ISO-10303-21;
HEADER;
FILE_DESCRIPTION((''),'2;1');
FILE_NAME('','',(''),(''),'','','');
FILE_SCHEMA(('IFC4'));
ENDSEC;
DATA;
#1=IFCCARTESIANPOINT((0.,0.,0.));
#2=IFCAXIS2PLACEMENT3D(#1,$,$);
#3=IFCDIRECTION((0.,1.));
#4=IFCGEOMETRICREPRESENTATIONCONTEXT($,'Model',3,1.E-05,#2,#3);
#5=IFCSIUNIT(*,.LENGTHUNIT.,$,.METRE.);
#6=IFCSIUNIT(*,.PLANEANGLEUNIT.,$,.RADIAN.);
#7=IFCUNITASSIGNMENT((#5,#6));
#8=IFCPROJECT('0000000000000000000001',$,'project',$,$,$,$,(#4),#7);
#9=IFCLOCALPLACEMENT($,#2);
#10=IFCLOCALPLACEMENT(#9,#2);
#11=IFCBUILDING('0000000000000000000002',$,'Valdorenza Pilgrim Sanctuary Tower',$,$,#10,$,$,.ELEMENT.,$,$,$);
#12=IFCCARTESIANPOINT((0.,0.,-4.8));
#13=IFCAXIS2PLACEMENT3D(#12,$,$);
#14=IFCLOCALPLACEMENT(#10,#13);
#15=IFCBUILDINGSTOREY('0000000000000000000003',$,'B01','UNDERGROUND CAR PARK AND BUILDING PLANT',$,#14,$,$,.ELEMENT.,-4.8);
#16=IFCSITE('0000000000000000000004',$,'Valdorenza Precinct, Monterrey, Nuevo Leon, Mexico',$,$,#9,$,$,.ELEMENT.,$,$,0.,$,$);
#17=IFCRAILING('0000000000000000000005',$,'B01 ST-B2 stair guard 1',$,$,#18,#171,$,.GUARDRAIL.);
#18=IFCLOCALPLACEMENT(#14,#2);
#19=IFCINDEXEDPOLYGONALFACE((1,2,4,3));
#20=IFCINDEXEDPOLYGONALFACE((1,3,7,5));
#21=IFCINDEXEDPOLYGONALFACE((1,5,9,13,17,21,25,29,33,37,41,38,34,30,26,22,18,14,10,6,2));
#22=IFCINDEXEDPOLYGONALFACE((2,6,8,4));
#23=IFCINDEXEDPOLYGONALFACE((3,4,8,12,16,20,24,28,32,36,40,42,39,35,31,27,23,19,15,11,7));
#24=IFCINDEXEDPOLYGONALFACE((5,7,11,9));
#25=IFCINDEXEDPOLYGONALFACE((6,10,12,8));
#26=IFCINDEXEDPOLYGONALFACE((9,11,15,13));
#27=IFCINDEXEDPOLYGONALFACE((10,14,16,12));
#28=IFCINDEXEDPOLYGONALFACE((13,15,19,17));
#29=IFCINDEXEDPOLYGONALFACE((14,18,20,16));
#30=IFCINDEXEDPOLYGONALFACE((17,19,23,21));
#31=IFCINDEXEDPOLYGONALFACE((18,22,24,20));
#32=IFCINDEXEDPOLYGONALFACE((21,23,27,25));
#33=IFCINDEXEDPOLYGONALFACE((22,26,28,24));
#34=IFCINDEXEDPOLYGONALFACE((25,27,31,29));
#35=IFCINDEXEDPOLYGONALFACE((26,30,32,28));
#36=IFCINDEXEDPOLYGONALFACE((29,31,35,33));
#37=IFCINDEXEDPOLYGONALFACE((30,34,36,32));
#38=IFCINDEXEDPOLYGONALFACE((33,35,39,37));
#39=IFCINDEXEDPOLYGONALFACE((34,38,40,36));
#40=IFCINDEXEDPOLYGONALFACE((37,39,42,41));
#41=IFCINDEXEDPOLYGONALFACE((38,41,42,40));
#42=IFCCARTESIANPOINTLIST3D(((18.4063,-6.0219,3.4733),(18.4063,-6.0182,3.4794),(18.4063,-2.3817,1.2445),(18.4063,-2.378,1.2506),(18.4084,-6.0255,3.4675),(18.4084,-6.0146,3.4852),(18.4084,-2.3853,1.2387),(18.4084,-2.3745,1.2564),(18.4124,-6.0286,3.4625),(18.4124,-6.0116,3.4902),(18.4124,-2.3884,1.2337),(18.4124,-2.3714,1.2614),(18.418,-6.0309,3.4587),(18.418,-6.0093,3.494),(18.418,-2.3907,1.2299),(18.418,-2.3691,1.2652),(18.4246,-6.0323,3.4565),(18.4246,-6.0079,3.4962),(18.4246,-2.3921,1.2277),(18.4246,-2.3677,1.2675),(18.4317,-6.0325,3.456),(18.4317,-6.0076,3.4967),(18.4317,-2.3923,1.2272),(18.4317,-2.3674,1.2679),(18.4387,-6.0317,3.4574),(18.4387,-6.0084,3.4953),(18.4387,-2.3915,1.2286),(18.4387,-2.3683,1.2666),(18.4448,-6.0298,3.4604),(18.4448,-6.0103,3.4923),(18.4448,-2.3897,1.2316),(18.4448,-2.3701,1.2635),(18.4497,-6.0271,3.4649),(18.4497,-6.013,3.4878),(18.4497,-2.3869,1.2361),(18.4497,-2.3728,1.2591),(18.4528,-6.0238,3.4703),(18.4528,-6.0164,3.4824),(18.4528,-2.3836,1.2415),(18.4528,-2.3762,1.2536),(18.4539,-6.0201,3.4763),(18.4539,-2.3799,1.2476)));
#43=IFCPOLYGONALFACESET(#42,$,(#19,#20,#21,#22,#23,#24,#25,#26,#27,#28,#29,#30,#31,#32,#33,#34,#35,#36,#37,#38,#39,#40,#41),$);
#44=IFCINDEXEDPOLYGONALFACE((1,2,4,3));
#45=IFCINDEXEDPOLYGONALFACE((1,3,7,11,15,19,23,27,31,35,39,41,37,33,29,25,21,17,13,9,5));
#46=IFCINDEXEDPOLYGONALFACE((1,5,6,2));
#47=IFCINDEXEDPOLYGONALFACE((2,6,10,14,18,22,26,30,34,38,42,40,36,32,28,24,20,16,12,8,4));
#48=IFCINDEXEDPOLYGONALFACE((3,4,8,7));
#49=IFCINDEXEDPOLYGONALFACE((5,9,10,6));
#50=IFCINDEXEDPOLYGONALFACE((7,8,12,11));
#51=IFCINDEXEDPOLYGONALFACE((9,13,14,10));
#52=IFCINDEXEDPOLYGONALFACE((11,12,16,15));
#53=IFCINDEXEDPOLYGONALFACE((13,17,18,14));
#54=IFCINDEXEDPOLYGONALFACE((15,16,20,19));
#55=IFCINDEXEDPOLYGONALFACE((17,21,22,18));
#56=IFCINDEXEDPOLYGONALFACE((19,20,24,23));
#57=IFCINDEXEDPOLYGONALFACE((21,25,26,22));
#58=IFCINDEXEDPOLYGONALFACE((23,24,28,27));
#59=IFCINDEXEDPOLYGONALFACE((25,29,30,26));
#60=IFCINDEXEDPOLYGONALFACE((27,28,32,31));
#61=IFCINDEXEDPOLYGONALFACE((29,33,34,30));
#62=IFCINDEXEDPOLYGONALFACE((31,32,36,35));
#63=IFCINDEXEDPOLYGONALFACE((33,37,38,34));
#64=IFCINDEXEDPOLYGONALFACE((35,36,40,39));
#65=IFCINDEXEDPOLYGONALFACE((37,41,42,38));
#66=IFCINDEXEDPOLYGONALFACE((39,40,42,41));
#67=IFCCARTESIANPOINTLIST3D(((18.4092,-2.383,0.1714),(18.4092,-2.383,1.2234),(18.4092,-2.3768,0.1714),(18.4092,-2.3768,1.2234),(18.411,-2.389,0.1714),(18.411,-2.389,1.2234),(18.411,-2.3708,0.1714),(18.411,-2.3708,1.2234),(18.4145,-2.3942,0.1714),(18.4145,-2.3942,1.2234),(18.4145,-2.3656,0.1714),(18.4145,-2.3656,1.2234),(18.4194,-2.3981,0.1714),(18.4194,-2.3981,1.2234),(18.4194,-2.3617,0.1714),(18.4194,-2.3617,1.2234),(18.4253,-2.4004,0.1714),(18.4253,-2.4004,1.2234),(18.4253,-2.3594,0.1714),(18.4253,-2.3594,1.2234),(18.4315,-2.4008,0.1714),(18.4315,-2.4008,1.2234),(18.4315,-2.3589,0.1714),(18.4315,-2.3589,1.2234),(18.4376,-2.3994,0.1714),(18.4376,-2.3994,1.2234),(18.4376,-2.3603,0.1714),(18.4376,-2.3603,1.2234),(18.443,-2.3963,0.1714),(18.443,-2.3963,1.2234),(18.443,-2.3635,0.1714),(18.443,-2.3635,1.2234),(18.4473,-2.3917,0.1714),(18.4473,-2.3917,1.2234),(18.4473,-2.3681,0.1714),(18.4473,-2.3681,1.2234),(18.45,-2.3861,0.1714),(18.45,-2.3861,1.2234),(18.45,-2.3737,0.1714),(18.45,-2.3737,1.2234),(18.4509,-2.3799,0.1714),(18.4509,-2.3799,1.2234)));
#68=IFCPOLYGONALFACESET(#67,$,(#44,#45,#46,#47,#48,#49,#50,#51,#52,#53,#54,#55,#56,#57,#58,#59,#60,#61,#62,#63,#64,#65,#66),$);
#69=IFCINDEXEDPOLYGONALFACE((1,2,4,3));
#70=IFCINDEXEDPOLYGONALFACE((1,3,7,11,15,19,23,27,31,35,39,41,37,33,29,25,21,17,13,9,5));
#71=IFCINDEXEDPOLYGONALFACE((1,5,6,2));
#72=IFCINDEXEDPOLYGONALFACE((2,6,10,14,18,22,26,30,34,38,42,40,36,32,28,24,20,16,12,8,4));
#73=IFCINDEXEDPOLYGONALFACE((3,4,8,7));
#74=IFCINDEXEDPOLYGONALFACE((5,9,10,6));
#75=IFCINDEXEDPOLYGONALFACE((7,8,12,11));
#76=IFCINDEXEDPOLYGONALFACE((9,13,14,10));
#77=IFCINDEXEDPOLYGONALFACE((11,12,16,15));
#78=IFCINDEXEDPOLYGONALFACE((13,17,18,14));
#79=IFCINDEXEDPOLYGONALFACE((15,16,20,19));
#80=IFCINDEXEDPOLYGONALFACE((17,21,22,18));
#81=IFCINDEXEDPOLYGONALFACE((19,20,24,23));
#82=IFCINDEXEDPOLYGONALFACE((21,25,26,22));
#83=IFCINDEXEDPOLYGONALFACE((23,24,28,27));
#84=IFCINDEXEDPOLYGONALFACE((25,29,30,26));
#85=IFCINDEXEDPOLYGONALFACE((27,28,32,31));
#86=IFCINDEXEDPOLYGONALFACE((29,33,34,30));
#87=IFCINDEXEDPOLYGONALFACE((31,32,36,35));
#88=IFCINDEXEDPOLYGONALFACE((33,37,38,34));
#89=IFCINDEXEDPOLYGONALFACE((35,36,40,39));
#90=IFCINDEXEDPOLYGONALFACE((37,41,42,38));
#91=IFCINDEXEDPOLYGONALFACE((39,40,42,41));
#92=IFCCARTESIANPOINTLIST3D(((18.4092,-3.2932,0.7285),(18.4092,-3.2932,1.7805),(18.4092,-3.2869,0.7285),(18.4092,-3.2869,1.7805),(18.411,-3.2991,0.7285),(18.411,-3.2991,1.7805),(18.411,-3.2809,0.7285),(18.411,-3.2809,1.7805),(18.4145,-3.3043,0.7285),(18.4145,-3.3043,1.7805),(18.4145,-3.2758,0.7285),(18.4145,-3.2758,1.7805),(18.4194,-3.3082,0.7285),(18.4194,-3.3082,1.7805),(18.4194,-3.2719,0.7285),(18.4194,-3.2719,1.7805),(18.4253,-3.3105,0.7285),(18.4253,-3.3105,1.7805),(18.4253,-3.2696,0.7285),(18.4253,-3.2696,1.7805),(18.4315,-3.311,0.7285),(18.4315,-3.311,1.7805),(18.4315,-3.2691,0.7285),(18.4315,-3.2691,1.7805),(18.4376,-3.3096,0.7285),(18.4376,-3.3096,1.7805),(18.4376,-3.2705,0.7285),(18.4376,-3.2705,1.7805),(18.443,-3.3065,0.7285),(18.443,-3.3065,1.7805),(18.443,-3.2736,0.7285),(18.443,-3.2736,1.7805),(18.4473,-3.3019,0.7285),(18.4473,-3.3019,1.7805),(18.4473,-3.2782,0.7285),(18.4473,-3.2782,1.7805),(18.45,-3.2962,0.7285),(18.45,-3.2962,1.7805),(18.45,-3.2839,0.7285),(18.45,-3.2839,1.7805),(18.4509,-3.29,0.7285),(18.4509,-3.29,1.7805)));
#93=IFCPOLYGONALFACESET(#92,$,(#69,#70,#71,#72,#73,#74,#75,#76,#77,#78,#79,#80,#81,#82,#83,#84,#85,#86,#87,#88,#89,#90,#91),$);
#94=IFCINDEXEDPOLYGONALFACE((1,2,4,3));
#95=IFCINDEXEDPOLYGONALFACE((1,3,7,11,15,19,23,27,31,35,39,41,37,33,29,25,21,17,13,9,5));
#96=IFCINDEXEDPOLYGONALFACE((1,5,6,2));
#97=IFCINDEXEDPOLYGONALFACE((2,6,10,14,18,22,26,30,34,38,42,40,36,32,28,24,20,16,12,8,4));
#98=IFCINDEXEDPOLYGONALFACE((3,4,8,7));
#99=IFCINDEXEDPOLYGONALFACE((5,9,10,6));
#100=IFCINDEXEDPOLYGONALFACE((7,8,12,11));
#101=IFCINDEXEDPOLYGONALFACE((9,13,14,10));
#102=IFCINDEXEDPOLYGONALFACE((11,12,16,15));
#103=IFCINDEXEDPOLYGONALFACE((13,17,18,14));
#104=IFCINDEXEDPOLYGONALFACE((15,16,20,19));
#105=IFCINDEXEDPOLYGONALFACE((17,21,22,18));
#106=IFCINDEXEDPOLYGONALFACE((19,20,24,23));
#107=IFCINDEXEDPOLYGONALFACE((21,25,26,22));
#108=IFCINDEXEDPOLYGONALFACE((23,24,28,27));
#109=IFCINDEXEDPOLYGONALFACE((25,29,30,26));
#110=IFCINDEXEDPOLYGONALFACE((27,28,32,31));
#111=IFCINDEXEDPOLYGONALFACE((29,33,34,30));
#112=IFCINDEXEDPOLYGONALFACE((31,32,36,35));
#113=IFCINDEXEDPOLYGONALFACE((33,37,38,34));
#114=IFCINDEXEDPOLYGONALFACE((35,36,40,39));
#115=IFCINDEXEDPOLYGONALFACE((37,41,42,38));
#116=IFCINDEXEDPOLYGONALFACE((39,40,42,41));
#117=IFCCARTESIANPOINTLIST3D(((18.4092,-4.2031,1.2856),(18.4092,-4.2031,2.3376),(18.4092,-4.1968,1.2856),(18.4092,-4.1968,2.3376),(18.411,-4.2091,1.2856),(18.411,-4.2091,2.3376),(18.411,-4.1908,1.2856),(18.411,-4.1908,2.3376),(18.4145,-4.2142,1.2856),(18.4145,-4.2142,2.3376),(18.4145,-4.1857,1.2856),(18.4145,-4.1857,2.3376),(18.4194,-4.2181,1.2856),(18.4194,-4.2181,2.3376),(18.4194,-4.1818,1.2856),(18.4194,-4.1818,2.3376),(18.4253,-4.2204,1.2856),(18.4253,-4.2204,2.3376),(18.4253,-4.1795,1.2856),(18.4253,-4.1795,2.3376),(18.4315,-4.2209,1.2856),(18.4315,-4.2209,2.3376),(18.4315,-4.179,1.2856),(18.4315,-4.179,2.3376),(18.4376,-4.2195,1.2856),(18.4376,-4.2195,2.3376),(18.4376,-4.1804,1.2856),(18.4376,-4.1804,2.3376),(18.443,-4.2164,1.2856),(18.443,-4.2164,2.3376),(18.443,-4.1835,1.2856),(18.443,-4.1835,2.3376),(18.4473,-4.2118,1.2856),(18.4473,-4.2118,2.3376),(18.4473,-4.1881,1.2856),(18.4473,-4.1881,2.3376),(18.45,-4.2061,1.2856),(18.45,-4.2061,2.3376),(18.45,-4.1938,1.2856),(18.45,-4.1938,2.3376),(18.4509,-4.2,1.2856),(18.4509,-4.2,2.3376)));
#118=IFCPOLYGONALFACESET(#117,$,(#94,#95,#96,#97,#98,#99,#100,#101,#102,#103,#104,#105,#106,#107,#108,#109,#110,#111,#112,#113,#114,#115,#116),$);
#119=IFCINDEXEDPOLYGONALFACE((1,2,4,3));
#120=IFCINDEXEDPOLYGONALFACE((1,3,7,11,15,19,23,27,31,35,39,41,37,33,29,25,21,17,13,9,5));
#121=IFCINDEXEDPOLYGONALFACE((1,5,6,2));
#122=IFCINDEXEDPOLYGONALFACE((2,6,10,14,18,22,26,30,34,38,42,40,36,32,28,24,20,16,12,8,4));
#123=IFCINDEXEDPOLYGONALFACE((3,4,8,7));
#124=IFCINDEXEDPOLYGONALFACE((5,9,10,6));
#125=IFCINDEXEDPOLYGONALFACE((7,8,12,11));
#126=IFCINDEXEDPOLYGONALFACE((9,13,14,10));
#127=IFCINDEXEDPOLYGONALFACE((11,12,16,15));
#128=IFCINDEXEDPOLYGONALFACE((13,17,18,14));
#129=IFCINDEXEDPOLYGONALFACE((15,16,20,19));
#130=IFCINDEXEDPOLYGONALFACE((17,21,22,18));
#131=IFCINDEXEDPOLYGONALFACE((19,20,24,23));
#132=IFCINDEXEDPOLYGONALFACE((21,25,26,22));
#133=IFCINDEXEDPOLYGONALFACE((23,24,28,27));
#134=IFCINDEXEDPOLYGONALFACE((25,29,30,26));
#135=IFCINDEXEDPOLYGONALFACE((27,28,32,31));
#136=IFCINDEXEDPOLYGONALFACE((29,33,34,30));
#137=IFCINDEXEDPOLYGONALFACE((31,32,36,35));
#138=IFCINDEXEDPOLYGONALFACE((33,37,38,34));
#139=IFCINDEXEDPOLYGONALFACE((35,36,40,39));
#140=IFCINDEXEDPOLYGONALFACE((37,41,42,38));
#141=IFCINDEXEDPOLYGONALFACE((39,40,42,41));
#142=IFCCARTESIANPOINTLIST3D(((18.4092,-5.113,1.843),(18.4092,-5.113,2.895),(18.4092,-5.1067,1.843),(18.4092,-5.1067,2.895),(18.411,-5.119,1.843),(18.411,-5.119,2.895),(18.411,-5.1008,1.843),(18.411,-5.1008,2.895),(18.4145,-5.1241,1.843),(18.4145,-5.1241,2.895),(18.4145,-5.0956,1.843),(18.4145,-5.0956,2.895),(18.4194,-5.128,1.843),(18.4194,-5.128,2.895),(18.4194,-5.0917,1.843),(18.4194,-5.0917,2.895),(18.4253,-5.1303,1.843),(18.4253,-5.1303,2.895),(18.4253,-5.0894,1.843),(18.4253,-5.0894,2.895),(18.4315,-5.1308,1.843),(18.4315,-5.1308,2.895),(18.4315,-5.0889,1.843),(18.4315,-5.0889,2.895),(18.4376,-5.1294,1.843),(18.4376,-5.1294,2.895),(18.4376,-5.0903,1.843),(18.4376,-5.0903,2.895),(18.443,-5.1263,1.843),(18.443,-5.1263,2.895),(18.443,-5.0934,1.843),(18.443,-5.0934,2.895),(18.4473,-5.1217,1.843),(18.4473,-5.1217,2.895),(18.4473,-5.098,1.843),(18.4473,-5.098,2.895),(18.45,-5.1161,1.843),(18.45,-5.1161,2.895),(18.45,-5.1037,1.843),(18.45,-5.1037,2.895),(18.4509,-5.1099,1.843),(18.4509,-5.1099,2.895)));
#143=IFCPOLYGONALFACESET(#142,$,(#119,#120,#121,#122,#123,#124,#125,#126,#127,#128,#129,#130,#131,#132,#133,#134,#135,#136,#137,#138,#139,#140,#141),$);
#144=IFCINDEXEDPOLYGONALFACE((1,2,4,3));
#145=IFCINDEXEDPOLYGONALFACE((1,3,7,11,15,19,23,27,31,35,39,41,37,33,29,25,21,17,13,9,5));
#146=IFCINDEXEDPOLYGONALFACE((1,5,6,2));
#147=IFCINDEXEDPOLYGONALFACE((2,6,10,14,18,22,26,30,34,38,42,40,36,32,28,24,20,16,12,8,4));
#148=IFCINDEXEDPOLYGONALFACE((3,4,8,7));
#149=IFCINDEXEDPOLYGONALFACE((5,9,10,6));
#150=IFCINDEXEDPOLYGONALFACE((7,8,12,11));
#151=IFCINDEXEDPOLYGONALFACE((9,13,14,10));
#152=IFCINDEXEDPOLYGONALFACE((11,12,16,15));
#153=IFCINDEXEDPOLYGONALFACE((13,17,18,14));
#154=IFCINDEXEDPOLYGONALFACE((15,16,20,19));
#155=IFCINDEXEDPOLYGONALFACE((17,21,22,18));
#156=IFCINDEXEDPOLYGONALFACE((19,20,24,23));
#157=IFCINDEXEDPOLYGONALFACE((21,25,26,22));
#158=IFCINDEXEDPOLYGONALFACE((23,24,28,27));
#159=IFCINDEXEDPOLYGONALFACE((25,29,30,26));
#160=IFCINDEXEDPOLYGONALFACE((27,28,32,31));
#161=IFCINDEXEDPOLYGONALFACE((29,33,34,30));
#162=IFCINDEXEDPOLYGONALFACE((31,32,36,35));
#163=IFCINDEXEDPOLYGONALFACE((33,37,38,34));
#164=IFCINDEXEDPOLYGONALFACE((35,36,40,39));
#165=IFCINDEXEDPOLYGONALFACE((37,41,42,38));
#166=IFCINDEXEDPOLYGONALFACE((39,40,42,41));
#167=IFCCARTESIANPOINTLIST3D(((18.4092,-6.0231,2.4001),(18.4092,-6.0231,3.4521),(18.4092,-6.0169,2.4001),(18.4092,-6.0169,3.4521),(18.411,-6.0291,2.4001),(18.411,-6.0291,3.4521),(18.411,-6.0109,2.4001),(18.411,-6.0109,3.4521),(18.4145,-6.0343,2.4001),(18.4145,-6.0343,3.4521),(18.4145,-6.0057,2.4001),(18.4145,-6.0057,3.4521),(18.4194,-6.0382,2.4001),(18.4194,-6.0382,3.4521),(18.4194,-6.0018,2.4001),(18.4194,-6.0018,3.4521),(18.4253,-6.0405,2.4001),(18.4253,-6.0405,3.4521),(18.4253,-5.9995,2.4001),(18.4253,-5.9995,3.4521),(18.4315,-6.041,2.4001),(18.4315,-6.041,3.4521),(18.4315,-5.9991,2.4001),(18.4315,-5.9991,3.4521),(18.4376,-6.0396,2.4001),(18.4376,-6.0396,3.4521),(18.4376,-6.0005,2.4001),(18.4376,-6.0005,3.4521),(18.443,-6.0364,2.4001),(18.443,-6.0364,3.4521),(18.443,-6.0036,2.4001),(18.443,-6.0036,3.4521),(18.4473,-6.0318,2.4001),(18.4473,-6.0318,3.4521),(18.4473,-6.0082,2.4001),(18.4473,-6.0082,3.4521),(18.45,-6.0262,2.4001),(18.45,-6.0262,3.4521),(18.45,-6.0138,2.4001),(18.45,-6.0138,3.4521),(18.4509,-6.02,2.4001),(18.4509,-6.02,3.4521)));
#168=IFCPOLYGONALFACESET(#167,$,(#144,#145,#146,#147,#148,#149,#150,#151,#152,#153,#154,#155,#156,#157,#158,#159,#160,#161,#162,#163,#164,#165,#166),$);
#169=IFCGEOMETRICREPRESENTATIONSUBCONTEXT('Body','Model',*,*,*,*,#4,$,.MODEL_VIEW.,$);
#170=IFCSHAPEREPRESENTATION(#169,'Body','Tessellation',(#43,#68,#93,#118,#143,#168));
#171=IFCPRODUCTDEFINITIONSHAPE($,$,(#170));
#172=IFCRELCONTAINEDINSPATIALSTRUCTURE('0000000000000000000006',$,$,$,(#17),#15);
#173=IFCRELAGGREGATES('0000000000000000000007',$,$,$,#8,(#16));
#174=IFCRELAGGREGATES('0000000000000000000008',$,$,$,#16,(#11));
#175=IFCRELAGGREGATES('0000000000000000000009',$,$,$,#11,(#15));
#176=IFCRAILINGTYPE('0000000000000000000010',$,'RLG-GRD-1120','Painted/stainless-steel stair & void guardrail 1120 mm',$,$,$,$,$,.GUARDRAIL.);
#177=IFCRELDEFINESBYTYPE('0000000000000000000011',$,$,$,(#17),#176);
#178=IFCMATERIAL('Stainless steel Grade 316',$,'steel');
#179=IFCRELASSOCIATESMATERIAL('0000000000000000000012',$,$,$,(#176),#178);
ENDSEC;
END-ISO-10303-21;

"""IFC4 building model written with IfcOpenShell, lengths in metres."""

from ifc_helpers import new_model, si_unit, direction, frame, origin, origin_2d, place, context, subcontext, project, spatial, circle, extrude, material, type_object, element, save


model = new_model("IFC4")

# Units and contexts
model_context = context("Model", 3, precision=1e-05, world=origin(), true_north=direction((0.0, 1.0)))
body_context = subcontext(model_context, "Body", "Model", "MODEL_VIEW")
ifc_project = project(units=[si_unit("LENGTHUNIT", "METRE"), si_unit("PLANEANGLEUNIT", "RADIAN")], contexts=[model_context])

# Site, building, storey
site_placement = place(None, origin())
site = spatial("IfcSite", under=ifc_project, at=site_placement, Name="Valdorenza Precinct, Monterrey, Nuevo Leon, Mexico", CompositionType="ELEMENT", RefElevation=0.0)
building_placement = place(site_placement, origin())
building = spatial("IfcBuilding", under=site, at=building_placement, Name="Valdorenza Pilgrim Sanctuary Tower", CompositionType="ELEMENT")
storey_placement = place(building_placement, frame((0.0, 0.0, -4.8)))
storey = spatial("IfcBuildingStorey", under=building, at=storey_placement, Name="B01", Description="UNDERGROUND CAR PARK AND BUILDING PLANT", CompositionType="ELEMENT", Elevation=-4.8)

# Railing
ifc_material_1 = material(Name="Stainless steel Grade 316", Category="steel")
railing_type_1 = type_object("IfcRailingType", Name="RLG-GRD-1120", Description="Painted/stainless-steel stair & void guardrail 1120 mm", PredefinedType="GUARDRAIL", material=ifc_material_1)
railing_1_placement = place(storey_placement, frame((18.4299, -2.3799, 0.1714)))
element("IfcRailing", 1, at=railing_1_placement, inside=storey, type_object=railing_type_1, Name="B01 ST-B2 stair guard 1", PredefinedType="GUARDRAIL", context=body_context, shape_type="SweptSolid", body=[
    extrude(circle(Radius=0.0239, at=origin_2d()), frame((0.0, 0.0, 1.0762), z_axis=(0.0, -0.85284, 0.522172), x_axis=(1.0, 0.0, 0.0)), (0.0, 0.0, 1.0), 4.2683),
    extrude(circle(Radius=0.021, at=origin_2d()), origin(), (0.0, 0.0, 1.0), 1.052),
    extrude(circle(Radius=0.021, at=origin_2d()), frame((0.0, -0.9102, 0.5571)), (0.0, 0.0, 1.0), 1.052),
    extrude(circle(Radius=0.021, at=origin_2d()), frame((0.0, -1.8201, 1.1143)), (0.0, 0.0, 1.0), 1.052),
    extrude(circle(Radius=0.021, at=origin_2d()), frame((0.0, -2.73, 1.6716)), (0.0, 0.0, 1.0), 1.052),
    extrude(circle(Radius=0.021, at=origin_2d()), frame((0.0, -3.6401, 2.2288)), (0.0, 0.0, 1.0), 1.052),
])

save(model, "model.ifc")
